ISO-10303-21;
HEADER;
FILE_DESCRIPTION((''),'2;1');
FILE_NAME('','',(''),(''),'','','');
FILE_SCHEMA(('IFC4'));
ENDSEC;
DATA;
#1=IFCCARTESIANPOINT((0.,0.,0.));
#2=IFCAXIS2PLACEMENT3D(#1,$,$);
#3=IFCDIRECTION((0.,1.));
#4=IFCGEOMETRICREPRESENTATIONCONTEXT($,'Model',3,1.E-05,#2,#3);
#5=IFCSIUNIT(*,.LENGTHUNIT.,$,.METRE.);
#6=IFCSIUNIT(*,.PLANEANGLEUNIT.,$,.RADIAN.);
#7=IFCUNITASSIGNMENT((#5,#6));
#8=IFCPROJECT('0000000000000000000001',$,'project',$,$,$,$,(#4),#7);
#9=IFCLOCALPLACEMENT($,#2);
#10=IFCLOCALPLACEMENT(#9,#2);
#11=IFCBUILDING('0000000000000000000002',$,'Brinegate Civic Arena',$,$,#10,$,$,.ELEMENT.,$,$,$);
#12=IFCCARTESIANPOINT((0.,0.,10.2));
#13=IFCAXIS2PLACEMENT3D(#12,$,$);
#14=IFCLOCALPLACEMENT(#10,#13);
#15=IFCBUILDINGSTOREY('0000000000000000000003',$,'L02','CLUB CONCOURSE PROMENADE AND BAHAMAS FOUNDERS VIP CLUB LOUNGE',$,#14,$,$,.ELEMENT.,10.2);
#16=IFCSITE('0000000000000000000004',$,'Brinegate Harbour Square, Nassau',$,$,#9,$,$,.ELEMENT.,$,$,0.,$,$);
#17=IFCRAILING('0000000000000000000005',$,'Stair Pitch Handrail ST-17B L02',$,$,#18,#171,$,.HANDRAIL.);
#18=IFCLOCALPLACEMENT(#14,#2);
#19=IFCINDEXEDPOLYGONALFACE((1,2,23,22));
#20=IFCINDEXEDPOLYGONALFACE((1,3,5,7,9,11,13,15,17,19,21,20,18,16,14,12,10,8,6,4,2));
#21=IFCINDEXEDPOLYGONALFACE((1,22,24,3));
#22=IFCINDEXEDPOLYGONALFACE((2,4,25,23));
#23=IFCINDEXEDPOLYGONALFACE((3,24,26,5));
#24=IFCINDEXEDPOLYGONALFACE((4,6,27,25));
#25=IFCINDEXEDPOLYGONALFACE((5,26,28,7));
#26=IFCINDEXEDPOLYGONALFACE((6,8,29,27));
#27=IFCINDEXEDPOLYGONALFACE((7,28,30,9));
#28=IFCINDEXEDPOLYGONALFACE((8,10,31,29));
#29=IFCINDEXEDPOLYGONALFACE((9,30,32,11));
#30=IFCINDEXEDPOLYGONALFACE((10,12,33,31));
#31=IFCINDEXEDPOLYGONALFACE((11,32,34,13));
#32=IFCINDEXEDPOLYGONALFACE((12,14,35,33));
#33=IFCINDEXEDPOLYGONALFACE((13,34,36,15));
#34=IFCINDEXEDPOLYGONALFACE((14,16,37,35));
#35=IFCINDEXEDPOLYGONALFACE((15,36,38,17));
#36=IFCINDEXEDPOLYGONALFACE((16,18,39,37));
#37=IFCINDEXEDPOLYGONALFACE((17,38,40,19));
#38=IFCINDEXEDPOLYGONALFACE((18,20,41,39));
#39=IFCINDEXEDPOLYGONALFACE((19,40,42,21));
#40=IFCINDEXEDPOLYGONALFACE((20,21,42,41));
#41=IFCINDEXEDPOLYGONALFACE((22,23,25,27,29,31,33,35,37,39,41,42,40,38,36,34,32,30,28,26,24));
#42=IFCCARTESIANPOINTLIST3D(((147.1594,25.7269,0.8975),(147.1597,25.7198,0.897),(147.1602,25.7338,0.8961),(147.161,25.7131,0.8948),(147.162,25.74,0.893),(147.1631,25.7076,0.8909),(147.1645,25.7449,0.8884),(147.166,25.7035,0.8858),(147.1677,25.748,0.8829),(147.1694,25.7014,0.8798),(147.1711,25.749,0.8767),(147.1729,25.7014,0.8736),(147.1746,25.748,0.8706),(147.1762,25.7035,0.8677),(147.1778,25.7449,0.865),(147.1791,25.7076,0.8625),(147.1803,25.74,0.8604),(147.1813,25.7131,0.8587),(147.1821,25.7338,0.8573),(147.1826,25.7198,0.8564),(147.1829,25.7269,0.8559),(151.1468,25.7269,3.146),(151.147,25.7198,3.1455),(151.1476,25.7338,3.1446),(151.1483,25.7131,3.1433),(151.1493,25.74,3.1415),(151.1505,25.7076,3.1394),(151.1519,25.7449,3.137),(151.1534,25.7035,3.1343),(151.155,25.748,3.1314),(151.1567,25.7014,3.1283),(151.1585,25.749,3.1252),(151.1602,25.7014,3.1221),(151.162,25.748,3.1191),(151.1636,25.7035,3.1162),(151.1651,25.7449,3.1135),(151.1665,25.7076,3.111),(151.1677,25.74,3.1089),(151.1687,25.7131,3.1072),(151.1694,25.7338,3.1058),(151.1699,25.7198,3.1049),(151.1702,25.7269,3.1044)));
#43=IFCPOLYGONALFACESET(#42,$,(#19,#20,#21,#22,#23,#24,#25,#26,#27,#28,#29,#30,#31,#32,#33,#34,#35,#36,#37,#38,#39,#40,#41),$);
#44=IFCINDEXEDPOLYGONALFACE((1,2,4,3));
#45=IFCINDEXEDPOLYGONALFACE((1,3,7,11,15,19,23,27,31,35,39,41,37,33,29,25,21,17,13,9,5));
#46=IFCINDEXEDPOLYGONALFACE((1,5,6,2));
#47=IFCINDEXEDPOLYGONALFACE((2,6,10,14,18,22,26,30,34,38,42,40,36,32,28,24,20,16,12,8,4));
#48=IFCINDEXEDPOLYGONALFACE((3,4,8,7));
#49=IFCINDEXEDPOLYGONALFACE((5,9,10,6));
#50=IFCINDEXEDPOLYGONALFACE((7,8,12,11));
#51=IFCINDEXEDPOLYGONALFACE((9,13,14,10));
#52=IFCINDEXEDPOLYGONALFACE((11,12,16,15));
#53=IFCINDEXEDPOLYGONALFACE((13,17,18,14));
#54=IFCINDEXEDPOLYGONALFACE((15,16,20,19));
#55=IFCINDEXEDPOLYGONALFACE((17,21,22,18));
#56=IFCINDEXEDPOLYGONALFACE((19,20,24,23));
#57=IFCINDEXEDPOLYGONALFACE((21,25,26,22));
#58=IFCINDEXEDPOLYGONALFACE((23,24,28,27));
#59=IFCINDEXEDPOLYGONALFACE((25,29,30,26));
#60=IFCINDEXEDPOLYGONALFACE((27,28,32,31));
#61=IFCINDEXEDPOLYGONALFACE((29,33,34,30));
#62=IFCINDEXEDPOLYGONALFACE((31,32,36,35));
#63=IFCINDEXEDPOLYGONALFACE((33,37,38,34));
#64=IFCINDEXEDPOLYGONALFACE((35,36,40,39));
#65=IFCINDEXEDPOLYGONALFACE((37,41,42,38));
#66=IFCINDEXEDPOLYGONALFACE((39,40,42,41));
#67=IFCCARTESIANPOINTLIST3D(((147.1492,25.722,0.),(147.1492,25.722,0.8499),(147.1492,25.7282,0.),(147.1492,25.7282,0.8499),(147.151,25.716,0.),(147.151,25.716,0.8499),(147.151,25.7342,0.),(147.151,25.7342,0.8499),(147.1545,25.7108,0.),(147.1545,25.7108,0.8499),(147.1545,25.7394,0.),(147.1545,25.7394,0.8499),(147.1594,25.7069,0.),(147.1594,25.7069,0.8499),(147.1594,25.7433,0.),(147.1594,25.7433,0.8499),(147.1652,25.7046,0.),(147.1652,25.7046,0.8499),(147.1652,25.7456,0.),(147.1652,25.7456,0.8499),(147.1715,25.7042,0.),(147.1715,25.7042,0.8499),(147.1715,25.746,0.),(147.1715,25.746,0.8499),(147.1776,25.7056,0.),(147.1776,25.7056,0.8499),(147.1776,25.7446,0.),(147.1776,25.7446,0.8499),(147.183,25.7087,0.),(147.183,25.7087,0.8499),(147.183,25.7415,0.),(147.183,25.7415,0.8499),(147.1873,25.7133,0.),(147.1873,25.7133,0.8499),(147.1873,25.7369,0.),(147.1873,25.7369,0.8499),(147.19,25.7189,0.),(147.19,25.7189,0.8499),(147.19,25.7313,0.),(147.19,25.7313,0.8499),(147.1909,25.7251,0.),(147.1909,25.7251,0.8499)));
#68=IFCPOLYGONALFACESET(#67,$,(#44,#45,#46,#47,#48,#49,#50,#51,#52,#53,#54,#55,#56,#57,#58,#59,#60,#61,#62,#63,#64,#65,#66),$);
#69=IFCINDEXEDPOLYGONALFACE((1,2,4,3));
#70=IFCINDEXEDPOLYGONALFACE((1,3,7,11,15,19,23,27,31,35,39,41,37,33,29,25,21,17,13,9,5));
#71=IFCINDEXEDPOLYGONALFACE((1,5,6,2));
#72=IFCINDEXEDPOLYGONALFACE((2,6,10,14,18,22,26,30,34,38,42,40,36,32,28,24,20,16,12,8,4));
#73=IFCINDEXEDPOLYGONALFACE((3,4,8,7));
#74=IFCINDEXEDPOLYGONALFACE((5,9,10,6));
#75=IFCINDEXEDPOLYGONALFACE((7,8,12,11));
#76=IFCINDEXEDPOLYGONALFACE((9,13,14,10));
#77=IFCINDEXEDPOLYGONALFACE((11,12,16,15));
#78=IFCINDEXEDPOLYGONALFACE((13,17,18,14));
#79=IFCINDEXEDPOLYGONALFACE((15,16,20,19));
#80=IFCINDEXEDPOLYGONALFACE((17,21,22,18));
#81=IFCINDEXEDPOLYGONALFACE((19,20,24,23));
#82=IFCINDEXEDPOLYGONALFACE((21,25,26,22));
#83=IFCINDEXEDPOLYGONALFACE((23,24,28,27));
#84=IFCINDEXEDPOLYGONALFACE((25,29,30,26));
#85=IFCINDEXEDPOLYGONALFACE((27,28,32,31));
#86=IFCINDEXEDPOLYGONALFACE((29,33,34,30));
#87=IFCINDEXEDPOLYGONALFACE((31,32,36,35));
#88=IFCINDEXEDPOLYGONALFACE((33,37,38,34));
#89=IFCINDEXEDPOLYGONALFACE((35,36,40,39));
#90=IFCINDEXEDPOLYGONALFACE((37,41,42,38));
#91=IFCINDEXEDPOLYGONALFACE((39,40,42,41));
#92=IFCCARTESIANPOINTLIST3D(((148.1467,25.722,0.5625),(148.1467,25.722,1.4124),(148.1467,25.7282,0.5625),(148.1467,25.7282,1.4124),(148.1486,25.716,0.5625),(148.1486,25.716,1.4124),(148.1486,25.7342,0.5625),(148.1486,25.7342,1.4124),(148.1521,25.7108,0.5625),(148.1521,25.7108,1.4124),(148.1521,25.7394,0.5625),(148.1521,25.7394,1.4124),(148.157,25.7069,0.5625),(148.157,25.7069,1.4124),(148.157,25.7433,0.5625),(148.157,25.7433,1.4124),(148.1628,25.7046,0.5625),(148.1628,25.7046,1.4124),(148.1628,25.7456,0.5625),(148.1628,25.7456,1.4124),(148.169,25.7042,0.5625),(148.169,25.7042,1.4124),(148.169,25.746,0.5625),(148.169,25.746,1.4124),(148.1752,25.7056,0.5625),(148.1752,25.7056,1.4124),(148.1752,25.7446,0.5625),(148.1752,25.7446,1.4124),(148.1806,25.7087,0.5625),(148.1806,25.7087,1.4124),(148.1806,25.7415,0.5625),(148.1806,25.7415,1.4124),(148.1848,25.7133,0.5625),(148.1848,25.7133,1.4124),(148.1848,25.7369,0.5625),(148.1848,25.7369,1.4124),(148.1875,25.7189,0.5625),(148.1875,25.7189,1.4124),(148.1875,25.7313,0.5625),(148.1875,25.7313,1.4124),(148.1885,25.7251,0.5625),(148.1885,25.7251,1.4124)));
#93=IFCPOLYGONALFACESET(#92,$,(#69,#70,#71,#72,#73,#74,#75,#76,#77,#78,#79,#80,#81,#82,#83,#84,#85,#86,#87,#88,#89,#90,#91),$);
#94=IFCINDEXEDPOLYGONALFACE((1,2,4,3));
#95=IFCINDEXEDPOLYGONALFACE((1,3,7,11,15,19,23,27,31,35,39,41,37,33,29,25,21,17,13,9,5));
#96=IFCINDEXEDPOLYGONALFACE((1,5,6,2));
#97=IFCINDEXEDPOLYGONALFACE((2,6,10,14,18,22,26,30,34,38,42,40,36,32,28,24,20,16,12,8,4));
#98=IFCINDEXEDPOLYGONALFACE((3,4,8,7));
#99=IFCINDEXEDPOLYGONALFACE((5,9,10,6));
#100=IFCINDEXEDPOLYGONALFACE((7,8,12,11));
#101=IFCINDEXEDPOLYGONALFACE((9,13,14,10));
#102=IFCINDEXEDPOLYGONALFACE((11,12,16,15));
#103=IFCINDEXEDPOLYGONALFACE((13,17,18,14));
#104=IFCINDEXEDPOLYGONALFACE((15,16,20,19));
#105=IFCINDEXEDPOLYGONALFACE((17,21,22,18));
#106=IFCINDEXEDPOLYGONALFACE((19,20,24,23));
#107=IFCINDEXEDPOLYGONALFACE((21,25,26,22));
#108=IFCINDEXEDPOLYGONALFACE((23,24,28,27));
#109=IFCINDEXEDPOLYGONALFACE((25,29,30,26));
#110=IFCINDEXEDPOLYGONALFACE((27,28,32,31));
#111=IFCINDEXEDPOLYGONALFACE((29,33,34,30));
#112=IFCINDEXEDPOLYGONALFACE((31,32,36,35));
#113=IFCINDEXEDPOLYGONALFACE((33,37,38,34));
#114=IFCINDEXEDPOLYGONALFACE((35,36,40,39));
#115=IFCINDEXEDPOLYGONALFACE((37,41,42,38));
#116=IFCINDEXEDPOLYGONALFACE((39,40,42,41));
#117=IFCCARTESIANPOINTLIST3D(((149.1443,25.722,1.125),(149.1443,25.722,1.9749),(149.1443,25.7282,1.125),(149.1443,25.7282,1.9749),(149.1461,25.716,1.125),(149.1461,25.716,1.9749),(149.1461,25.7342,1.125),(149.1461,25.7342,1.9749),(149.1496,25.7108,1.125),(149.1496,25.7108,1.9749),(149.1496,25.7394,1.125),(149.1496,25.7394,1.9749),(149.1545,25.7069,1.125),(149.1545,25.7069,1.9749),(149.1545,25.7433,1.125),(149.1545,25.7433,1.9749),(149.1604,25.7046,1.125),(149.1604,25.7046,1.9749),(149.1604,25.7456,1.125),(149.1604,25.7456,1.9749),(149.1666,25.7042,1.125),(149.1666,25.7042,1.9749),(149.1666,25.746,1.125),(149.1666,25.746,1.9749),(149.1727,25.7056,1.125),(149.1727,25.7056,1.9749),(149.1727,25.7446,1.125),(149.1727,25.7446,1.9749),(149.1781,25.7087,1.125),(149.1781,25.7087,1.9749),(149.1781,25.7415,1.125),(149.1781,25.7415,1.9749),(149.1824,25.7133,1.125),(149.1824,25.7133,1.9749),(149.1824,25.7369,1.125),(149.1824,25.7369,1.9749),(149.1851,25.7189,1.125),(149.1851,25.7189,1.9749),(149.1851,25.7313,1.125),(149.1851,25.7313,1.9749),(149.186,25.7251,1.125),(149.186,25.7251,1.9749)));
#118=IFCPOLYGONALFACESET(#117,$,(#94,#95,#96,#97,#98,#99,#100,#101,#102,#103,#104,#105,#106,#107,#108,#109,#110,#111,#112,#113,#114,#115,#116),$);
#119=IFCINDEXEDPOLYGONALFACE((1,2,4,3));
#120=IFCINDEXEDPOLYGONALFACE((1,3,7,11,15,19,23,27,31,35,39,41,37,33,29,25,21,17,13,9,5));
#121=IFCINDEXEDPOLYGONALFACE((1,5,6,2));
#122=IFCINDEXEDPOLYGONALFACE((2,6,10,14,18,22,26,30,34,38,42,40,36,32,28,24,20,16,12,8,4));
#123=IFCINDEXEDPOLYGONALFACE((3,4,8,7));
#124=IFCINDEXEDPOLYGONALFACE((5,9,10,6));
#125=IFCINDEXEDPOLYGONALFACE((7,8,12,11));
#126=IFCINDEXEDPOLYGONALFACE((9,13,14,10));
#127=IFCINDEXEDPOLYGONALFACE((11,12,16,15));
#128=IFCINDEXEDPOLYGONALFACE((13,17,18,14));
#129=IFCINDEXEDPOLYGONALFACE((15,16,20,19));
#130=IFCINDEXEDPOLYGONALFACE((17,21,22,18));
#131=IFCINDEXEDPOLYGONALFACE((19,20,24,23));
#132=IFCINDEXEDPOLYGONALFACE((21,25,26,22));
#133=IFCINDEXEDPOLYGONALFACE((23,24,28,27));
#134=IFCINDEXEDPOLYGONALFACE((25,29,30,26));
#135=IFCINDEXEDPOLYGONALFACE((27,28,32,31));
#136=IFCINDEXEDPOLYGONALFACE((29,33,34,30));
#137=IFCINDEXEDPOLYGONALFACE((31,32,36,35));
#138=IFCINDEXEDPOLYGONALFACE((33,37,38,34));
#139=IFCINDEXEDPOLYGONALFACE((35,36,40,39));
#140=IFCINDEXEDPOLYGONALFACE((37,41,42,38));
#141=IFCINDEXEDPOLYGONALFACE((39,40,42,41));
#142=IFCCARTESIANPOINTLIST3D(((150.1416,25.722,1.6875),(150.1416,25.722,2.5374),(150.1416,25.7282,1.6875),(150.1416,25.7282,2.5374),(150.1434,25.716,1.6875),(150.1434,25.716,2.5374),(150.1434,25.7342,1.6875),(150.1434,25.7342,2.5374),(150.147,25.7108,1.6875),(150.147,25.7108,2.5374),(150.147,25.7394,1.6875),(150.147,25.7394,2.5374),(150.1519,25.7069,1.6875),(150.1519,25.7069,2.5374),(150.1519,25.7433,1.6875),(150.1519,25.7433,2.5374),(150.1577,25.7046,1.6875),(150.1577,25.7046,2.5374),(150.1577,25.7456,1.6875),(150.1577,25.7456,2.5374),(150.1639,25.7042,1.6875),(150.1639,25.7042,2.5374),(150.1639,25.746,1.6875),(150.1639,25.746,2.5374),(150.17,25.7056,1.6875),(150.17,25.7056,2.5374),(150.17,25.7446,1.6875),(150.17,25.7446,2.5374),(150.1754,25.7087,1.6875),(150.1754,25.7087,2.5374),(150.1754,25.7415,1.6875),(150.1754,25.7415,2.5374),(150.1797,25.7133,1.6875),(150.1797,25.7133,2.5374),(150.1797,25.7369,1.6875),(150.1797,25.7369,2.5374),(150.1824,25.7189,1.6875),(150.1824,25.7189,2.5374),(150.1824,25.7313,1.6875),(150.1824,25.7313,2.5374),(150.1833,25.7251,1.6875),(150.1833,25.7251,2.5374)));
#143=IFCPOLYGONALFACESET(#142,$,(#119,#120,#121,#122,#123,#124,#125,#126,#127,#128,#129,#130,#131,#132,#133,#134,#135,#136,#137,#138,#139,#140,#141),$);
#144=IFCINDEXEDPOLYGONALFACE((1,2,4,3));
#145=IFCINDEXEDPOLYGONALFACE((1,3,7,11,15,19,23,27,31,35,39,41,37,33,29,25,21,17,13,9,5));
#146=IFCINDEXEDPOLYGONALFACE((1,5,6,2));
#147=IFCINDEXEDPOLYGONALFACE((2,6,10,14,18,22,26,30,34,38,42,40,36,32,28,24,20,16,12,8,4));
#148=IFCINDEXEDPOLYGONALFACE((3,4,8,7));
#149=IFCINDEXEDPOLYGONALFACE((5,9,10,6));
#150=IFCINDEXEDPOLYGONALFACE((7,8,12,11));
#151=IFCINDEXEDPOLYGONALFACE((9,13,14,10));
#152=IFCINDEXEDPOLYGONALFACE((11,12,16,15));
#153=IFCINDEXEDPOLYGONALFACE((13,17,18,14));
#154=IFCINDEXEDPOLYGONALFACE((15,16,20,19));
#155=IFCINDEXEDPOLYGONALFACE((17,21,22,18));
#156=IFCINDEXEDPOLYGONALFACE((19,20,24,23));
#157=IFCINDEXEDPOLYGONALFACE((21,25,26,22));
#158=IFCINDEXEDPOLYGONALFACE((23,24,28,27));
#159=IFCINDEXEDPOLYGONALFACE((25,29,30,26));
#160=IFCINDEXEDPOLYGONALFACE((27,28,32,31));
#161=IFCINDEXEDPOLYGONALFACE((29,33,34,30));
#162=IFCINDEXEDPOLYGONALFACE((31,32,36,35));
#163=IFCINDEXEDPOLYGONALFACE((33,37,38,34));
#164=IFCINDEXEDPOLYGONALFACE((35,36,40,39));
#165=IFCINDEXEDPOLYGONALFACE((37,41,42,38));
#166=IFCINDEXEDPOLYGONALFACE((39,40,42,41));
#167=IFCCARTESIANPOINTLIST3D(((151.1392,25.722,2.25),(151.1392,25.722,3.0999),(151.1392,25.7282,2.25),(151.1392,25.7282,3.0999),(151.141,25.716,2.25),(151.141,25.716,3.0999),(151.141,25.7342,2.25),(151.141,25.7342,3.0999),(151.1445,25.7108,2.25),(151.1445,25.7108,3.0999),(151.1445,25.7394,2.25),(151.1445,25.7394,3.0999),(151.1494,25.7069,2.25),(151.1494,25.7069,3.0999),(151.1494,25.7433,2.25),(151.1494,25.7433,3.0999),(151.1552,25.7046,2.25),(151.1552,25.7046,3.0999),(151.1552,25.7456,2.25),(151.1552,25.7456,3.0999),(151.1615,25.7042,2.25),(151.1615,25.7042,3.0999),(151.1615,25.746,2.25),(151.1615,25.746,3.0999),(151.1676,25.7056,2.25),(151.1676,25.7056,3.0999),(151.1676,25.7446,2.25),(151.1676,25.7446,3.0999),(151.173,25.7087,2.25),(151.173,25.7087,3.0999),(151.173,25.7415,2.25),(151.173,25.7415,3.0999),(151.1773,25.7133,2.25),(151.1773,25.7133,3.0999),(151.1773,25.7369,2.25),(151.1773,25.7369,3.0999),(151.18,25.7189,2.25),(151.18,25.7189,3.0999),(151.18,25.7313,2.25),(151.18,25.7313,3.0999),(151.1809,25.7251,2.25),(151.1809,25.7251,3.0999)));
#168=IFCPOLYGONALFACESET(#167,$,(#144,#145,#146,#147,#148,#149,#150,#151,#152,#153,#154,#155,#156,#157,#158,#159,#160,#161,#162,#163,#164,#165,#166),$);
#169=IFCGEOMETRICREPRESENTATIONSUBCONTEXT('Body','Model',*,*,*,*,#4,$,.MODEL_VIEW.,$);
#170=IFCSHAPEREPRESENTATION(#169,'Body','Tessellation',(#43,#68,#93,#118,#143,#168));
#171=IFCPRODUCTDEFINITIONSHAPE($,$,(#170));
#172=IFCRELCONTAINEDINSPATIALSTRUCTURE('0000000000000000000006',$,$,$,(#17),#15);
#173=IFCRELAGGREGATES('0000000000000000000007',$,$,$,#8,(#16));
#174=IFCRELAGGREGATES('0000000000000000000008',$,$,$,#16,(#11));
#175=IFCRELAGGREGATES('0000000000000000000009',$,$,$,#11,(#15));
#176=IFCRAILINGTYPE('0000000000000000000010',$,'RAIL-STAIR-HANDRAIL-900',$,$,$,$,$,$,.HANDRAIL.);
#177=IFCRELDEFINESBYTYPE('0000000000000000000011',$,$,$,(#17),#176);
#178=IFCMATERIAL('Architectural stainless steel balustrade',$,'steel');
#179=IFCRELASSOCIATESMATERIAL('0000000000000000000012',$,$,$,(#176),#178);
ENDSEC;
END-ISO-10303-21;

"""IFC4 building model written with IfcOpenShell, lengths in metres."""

from ifc_helpers import new_model, si_unit, direction, frame, origin, origin_2d, place, context, subcontext, project, spatial, circle, extrude, material, type_object, element, save


model = new_model("IFC4")

# Units and contexts
model_context = context("Model", 3, precision=1e-05, world=origin(), true_north=direction((0.0, 1.0)))
body_context = subcontext(model_context, "Body", "Model", "MODEL_VIEW")
ifc_project = project(units=[si_unit("LENGTHUNIT", "METRE"), si_unit("PLANEANGLEUNIT", "RADIAN")], contexts=[model_context])

# Site, building, storey
site_placement = place(None, origin())
site = spatial("IfcSite", under=ifc_project, at=site_placement, Name="Brinegate Harbour Square, Nassau", CompositionType="ELEMENT", RefElevation=0.0)
building_placement = place(site_placement, origin())
building = spatial("IfcBuilding", under=site, at=building_placement, Name="Brinegate Civic Arena", CompositionType="ELEMENT")
storey_placement = place(building_placement, frame((0.0, 0.0, 10.2)))
storey = spatial("IfcBuildingStorey", under=building, at=storey_placement, Name="L02", Description="CLUB CONCOURSE PROMENADE AND BAHAMAS FOUNDERS VIP CLUB LOUNGE", CompositionType="ELEMENT", Elevation=10.2)

# Railing
ifc_material_1 = material(Name="Architectural stainless steel balustrade", Category="steel")
railing_type_1 = type_object("IfcRailingType", Name="RAIL-STAIR-HANDRAIL-900", PredefinedType="HANDRAIL", material=ifc_material_1)
for number, where, name in (
    (1, (147.1699, 25.7251, 0.0), "Stair Pitch Handrail ST-17B L02"),
):
    element("IfcRailing", number, at=place(storey_placement, frame(where)), inside=storey, type_object=railing_type_1, Name=name, PredefinedType="HANDRAIL", context=body_context, shape_type="SweptSolid", body=[
        extrude(circle(Radius=0.0239, at=origin_2d()), frame((0.0012, 0.0, 0.8767), z_axis=(0.87105, 0.0, 0.491195), x_axis=(0.0, 1.0, 0.0)), (0.0, 0.0, 1.0), 4.5776),
        extrude(circle(Radius=0.021, at=origin_2d()), origin(), (0.0, 0.0, 1.0), 0.8499),
        extrude(circle(Radius=0.021, at=origin_2d()), frame((0.9976, 0.0, 0.5625)), (0.0, 0.0, 1.0), 0.8499),
        extrude(circle(Radius=0.021, at=origin_2d()), frame((1.9951, 0.0, 1.125)), (0.0, 0.0, 1.0), 0.8499),
        extrude(circle(Radius=0.021, at=origin_2d()), frame((2.9924, 0.0, 1.6875)), (0.0, 0.0, 1.0), 0.8499),
        extrude(circle(Radius=0.021, at=origin_2d()), frame((3.99, 0.0, 2.25)), (0.0, 0.0, 1.0), 0.8499),
    ])

save(model, "model.ifc")
